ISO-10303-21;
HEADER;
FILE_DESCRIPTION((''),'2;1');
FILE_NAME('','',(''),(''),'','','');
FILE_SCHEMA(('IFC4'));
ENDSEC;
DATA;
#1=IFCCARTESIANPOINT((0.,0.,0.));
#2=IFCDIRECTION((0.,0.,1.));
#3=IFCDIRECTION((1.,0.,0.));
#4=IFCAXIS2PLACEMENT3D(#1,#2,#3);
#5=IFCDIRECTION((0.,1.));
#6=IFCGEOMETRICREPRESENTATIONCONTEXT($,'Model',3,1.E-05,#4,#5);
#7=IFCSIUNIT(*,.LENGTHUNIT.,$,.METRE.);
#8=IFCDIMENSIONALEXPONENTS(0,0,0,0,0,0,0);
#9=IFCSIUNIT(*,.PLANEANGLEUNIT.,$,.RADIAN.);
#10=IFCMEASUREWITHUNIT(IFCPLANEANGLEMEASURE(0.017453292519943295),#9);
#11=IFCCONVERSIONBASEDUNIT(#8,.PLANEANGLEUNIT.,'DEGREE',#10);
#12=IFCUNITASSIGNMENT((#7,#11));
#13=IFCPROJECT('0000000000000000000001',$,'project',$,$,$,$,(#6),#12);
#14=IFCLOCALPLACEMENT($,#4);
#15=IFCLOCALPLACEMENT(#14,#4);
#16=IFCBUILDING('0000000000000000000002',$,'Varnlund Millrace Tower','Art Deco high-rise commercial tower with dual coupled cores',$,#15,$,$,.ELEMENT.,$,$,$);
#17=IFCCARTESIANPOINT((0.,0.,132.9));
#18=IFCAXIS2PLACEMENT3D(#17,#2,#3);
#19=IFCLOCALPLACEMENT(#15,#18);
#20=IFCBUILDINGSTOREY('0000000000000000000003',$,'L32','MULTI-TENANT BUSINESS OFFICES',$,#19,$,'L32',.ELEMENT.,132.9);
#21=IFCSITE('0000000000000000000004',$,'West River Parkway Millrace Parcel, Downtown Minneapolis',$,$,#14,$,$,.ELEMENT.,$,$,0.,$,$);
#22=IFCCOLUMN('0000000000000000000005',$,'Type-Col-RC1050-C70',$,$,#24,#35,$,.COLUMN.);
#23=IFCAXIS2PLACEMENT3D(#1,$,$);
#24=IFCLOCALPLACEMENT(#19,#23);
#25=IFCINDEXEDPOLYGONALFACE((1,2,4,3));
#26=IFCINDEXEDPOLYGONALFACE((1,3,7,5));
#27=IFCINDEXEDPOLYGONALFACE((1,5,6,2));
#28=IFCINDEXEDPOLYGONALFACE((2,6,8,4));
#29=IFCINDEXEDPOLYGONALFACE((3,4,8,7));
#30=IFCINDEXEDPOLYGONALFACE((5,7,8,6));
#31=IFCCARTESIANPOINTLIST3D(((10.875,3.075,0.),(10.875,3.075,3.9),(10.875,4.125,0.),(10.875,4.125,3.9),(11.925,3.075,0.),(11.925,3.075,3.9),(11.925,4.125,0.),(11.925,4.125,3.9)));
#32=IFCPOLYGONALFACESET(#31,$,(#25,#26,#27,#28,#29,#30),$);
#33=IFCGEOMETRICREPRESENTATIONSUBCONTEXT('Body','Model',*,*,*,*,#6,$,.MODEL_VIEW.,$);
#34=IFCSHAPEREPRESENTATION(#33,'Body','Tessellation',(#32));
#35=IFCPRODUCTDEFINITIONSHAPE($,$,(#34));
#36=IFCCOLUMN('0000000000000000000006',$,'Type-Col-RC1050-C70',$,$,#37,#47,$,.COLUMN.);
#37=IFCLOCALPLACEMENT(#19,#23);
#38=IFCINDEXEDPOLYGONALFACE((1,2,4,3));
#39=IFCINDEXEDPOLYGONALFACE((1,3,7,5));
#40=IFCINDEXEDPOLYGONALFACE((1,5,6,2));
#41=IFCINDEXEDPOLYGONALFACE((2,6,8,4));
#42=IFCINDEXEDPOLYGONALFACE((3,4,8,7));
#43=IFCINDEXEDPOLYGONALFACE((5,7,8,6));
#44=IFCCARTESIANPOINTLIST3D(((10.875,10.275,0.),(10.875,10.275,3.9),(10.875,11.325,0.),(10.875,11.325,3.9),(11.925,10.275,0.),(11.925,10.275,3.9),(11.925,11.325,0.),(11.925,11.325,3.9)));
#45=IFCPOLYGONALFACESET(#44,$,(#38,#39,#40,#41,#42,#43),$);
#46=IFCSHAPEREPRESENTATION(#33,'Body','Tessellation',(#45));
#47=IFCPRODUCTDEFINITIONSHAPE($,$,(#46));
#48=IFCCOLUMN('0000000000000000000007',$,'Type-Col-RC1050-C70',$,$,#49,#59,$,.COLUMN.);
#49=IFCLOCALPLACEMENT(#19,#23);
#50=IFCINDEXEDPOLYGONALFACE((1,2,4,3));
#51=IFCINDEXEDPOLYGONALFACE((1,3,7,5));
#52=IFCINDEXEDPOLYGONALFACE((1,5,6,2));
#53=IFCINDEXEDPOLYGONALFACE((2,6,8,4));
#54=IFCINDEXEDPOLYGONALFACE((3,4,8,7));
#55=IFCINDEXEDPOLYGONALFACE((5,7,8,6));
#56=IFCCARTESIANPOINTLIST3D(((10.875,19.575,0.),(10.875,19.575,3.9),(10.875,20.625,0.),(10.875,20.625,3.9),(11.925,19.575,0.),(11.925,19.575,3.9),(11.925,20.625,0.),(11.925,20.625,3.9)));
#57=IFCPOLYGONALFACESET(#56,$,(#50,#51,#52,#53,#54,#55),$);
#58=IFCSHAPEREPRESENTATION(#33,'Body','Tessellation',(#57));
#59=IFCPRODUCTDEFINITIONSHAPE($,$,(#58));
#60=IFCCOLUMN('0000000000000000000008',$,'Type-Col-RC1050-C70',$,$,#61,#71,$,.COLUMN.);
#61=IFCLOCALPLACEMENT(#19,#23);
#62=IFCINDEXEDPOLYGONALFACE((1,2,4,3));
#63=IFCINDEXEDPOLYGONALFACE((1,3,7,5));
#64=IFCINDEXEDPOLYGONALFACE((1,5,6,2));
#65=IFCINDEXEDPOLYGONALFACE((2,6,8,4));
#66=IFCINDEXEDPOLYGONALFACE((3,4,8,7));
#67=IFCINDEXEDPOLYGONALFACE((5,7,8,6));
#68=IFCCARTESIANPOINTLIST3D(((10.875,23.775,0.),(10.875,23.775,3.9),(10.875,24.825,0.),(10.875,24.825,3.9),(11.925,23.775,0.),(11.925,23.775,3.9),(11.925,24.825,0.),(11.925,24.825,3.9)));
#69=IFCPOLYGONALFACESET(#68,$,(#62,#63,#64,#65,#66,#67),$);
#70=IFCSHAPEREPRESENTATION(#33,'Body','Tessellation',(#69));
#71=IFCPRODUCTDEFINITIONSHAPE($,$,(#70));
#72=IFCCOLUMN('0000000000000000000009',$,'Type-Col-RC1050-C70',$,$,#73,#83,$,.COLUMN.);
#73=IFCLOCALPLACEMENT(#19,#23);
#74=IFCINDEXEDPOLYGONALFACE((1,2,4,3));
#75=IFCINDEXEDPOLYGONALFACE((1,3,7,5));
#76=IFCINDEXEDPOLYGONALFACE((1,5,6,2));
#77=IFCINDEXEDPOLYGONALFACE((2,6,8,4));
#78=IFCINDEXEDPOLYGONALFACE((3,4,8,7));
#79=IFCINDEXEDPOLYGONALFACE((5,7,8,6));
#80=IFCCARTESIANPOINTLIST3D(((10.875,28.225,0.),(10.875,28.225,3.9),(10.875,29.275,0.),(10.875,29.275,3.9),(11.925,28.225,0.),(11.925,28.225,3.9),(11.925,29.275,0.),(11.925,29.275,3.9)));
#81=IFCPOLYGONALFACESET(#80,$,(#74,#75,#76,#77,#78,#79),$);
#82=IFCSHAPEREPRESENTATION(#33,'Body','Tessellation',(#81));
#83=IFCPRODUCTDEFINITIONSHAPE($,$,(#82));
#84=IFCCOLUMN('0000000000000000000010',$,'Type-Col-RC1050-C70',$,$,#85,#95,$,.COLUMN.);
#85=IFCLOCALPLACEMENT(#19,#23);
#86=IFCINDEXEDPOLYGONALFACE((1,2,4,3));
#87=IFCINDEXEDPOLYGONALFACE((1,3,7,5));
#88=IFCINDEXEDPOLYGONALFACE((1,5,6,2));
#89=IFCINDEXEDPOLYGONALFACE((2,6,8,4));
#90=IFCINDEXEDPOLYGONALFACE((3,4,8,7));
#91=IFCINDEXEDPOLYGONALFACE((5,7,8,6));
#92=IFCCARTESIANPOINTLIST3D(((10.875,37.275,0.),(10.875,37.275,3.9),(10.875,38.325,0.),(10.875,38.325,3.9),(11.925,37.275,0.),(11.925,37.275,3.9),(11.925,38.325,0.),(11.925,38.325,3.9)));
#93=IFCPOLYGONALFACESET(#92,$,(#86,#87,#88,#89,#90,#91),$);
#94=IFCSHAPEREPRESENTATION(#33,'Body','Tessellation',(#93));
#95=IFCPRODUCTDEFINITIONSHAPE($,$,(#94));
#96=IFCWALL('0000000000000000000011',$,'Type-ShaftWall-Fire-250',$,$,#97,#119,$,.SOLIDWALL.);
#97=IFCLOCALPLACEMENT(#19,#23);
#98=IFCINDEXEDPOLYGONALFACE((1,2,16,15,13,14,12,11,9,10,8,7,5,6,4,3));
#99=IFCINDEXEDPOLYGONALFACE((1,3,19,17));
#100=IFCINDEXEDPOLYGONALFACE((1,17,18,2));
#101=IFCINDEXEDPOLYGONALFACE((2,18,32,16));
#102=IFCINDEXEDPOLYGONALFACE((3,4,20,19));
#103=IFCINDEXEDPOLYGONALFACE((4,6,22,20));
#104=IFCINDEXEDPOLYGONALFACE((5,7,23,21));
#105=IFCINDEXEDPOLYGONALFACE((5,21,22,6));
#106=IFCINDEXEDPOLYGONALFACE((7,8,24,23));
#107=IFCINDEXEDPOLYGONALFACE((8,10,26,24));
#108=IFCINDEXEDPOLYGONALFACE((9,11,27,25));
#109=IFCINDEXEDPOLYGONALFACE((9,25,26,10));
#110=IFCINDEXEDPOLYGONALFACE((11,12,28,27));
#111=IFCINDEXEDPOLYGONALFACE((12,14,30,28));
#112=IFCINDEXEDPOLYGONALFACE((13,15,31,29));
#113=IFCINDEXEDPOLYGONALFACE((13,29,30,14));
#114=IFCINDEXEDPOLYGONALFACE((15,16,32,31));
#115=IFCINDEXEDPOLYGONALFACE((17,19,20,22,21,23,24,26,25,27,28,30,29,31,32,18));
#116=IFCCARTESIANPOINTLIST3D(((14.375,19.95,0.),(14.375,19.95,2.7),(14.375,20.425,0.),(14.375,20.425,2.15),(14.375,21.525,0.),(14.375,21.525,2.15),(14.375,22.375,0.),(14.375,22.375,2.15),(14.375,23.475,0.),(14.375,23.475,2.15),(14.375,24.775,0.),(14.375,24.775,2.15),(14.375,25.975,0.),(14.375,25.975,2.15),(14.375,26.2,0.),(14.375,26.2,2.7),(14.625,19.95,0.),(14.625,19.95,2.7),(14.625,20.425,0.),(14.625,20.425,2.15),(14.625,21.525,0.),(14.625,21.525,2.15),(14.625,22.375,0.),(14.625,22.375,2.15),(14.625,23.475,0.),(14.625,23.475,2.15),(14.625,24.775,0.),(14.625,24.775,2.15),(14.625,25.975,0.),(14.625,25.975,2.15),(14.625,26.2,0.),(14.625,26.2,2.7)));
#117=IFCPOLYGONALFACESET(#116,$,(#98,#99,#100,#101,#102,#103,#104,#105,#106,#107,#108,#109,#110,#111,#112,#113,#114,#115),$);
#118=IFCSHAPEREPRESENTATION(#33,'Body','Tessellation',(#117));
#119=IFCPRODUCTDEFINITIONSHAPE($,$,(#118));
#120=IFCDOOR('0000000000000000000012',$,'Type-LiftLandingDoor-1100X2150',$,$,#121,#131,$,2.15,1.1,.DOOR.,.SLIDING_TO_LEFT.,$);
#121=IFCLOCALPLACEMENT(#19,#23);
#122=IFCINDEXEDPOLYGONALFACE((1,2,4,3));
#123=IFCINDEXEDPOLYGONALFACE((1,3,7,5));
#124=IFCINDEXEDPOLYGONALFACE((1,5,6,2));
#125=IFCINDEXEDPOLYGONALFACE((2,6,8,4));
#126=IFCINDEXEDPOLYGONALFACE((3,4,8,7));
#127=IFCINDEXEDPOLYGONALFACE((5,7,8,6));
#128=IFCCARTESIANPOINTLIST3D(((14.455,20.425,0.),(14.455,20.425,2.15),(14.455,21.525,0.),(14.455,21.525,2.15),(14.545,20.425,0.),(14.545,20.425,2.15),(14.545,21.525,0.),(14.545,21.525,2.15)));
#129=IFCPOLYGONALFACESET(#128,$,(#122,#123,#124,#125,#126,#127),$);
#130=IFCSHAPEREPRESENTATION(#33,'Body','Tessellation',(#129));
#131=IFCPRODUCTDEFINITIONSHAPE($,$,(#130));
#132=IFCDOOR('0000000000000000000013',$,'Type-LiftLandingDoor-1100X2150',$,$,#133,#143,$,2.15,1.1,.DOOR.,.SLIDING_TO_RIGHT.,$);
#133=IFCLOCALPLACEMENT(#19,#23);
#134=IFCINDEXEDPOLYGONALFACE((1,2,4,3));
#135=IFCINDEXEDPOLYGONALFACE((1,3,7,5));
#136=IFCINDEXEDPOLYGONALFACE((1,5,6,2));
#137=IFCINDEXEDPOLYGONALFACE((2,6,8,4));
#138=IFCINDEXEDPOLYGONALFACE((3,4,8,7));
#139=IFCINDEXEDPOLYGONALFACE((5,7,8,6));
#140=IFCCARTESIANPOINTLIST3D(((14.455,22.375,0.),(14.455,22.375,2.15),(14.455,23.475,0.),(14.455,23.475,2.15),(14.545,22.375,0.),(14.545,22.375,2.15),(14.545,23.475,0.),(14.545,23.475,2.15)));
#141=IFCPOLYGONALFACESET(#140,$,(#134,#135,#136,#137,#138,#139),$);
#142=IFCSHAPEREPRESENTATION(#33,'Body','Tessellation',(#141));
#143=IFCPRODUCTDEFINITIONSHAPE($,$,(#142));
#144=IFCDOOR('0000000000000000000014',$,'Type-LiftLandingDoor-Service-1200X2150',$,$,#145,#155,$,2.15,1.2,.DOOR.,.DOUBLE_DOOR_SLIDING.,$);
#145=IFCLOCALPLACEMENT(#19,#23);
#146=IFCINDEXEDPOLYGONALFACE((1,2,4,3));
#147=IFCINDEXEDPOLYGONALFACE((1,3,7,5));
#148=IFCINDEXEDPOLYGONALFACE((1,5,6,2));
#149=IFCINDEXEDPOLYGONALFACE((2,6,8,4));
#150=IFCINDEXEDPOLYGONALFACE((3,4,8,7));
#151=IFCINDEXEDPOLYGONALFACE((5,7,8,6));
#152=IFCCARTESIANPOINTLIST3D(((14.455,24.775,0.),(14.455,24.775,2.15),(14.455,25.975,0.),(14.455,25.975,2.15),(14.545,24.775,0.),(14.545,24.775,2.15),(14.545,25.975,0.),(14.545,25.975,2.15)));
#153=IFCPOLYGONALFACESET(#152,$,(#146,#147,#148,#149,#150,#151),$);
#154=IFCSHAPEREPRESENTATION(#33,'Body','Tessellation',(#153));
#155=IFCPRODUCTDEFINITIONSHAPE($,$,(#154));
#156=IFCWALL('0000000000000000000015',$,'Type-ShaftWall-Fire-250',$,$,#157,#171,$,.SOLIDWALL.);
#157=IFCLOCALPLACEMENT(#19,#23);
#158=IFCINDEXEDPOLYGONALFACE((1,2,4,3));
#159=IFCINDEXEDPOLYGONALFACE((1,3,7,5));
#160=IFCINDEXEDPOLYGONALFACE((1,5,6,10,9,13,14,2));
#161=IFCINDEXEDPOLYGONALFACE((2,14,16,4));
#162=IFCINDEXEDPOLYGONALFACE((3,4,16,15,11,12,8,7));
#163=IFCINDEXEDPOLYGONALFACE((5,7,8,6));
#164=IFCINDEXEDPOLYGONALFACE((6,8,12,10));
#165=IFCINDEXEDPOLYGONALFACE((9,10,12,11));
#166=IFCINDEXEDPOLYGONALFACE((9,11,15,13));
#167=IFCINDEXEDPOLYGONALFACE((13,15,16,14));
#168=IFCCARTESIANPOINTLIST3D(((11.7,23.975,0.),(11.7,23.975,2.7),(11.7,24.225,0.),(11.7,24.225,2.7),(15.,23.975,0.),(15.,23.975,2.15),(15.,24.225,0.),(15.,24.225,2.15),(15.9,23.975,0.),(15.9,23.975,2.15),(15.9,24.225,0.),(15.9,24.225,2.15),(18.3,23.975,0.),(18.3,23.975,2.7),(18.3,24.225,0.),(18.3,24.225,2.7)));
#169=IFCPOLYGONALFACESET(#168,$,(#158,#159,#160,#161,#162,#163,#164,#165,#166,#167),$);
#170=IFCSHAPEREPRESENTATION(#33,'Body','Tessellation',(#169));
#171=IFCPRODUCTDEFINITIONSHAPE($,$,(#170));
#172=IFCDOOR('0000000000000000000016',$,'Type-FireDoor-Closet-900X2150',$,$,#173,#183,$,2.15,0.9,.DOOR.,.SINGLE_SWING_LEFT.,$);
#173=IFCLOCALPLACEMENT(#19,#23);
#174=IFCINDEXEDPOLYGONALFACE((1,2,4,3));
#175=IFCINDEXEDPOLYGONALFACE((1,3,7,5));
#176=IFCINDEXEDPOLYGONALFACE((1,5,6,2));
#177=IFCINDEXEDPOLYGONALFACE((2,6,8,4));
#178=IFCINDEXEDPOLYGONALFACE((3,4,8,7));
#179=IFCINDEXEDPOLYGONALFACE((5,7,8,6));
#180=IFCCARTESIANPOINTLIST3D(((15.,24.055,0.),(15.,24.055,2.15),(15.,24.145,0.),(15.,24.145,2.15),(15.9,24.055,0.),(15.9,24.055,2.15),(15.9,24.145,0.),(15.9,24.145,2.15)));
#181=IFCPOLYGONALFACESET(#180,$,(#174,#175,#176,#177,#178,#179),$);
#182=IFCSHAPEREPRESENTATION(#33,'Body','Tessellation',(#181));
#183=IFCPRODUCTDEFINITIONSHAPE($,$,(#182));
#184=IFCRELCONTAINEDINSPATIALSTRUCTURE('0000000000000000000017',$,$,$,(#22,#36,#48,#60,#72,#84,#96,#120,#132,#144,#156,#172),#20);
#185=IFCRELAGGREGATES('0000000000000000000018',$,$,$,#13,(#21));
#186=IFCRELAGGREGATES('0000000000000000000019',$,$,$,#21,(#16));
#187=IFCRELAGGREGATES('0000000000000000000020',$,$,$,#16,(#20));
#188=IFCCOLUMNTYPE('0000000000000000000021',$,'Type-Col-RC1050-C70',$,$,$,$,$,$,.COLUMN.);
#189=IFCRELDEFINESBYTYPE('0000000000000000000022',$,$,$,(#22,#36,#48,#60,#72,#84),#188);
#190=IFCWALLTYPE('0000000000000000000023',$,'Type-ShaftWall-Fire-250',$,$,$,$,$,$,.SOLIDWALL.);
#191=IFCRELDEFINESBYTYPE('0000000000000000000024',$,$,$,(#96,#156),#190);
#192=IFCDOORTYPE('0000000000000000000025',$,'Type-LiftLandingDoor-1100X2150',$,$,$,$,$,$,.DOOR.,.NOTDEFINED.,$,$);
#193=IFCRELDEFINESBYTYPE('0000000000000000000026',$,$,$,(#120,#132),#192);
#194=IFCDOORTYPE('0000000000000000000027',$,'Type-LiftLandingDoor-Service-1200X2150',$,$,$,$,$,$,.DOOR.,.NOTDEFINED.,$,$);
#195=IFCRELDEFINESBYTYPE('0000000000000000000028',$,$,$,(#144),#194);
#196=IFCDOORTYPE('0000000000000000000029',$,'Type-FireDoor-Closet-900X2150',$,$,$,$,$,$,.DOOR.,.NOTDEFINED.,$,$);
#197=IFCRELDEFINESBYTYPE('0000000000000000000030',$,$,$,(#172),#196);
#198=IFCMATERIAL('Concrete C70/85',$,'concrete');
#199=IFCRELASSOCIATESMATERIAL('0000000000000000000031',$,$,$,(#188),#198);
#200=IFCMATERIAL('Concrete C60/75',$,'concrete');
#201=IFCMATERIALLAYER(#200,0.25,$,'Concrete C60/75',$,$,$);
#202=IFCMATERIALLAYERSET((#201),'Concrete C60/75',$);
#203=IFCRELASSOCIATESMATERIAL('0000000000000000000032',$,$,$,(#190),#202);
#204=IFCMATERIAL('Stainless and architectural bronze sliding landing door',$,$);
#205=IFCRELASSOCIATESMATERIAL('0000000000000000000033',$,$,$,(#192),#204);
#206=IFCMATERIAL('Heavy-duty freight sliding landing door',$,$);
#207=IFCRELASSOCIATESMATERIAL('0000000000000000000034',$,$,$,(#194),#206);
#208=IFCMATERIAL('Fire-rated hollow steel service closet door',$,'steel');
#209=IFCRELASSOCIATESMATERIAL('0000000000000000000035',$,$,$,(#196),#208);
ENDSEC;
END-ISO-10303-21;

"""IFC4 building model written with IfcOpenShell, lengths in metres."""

from ifc_helpers import new_model, entity, si_unit, converted_unit, direction, frame, origin_with_axes, origin_2d_with_axis, place, context, subcontext, project, spatial, polyline, rectangle, outline, extrude, material, layer, layer_set, material_profile, profile_set, type_object, element, fill, save


model = new_model("IFC4")

# Units and contexts
model_context = context("Model", 3, precision=1e-05, world=origin_with_axes(), true_north=direction((0.0, 1.0)))
body_context = subcontext(model_context, "Body", "Model", "MODEL_VIEW")
ifc_project = project(units=[si_unit("LENGTHUNIT", "METRE"), converted_unit("PLANEANGLEUNIT", "DEGREE", entity("IfcPlaneAngleMeasure", 0.017453292519943295), si_unit("PLANEANGLEUNIT", "RADIAN"), dimensions=[0, 0, 0, 0, 0, 0, 0])], contexts=[model_context])

# Site, building, storey
site_placement = place(None, origin_with_axes())
site = spatial("IfcSite", under=ifc_project, at=site_placement, Name="West River Parkway Millrace Parcel, Downtown Minneapolis", CompositionType="ELEMENT", RefElevation=0.0)
building_placement = place(site_placement, origin_with_axes())
building = spatial("IfcBuilding", under=site, at=building_placement, Name="Varnlund Millrace Tower", Description="Art Deco high-rise commercial tower with dual coupled cores", CompositionType="ELEMENT")
storey_placement = place(building_placement, frame((0.0, 0.0, 132.9), z_axis=(0.0, 0.0, 1.0), x_axis=(1.0, 0.0, 0.0)))
storey = spatial("IfcBuildingStorey", under=building, at=storey_placement, Name="L32", Description="MULTI-TENANT BUSINESS OFFICES", LongName="L32", CompositionType="ELEMENT", Elevation=132.9)

# Columns
ifc_material_1 = material(Name="Concrete C70/85", Category="concrete")
ifc_material_profile = material_profile(ifc_material_1, rectangle(XDim=1.05, YDim=1.05, at=origin_2d_with_axis()), Name="Concrete C70/85")
ifc_profile_set = profile_set([ifc_material_profile], Name="Concrete C70/85")
column_type = type_object("IfcColumnType", Name="Type-Col-RC1050-C70", PredefinedType="COLUMN", material=ifc_profile_set)
for number, where, z_axis, x_axis, name in (
    (1, (11.4, 3.6, 0.0), (0.0, 0.0, 1.0), (1.0, 0.0, 0.0), "Type-Col-RC1050-C70"),
    (2, (11.4, 10.8, 0.0), (0.0, 0.0, 1.0), (1.0, 0.0, 0.0), "Type-Col-RC1050-C70"),
    (3, (11.4, 20.1, 0.0), (0.0, 0.0, 1.0), (1.0, 0.0, 0.0), "Type-Col-RC1050-C70"),
    (4, (11.4, 24.3, 0.0), (0.0, 0.0, 1.0), (1.0, 0.0, 0.0), "Type-Col-RC1050-C70"),
    (5, (11.4, 28.75, 0.0), (0.0, 0.0, 1.0), (1.0, 0.0, 0.0), "Type-Col-RC1050-C70"),
    (6, (11.4, 37.8, 0.0), (0.0, 0.0, 1.0), (1.0, 0.0, 0.0), "Type-Col-RC1050-C70"),
):
    element("IfcColumn", number, at=place(storey_placement, frame(where, z_axis=z_axis, x_axis=x_axis)), inside=storey, type_object=column_type, Name=name, PredefinedType="COLUMN", context=body_context, shape_type="SweptSolid", body=[
        extrude(rectangle(XDim=1.05, YDim=1.05, at=origin_2d_with_axis()), origin_with_axes(), (0.0, 0.0, 1.0), 3.9),
    ])

# Wall, openings, doors
ifc_material_2 = material(Name="Concrete C60/75", Category="concrete")
ifc_layer = layer(ifc_material_2, 0.25, Name="Concrete C60/75")
ifc_layer_set = layer_set([ifc_layer], Name="Concrete C60/75")
wall_type_1 = type_object("IfcWallType", Name="Type-ShaftWall-Fire-250", PredefinedType="SOLIDWALL", material=ifc_layer_set)
wall_1_placement = place(storey_placement, frame((14.5, 19.95, 0.0), z_axis=(0.0, 0.0, 1.0), x_axis=(0.0, 1.0, 0.0)))
wall_1 = element("IfcWall", 7, at=wall_1_placement, inside=storey, type_object=wall_type_1, Name="Type-ShaftWall-Fire-250", PredefinedType="SOLIDWALL", context=body_context, shape_type="SweptSolid", body=[
    extrude(outline(polyline([(0.0, -0.125), (6.25, -0.125), (6.25, 0.125), (0.0, 0.125), (0.0, -0.125)])), origin_with_axes(), (0.0, 0.0, 1.0), 2.7),
])
opening_1_placement = place(wall_1_placement, frame((1.025, 0.0, 0.0), z_axis=(0.0, 0.0, 1.0), x_axis=(1.0, 0.0, 0.0)))
opening_1 = element("IfcOpeningElement", 8, at=opening_1_placement, cuts=wall_1, PredefinedType="OPENING", context=body_context, shape_type="SweptSolid", body=[
    extrude(rectangle(XDim=1.1, YDim=0.27, at=origin_2d_with_axis()), origin_with_axes(), (0.0, 0.0, 1.0), 2.15),
])
opening_2_placement = place(wall_1_placement, frame((2.975, 0.0, 0.0), z_axis=(0.0, 0.0, 1.0), x_axis=(1.0, 0.0, 0.0)))
opening_2 = element("IfcOpeningElement", 9, at=opening_2_placement, cuts=wall_1, PredefinedType="OPENING", context=body_context, shape_type="SweptSolid", body=[
    extrude(rectangle(XDim=1.1, YDim=0.27, at=origin_2d_with_axis()), origin_with_axes(), (0.0, 0.0, 1.0), 2.15),
])
opening_3_placement = place(wall_1_placement, frame((5.425, 0.0, 0.0), z_axis=(0.0, 0.0, 1.0), x_axis=(1.0, 0.0, 0.0)))
opening_3 = element("IfcOpeningElement", 10, at=opening_3_placement, cuts=wall_1, PredefinedType="OPENING", context=body_context, shape_type="SweptSolid", body=[
    extrude(rectangle(XDim=1.2, YDim=0.27, at=origin_2d_with_axis()), origin_with_axes(), (0.0, 0.0, 1.0), 2.15),
])
ifc_material_3 = material(Name="Stainless and architectural bronze sliding landing door")
door_type_1 = type_object("IfcDoorType", Name="Type-LiftLandingDoor-1100X2150", OperationType="NOTDEFINED", PredefinedType="DOOR", material=ifc_material_3)
door_1_placement = place(wall_1_placement, frame((1.025, 0.0, 0.0), z_axis=(0.0, 0.0, 1.0), x_axis=(1.0, 0.0, 0.0)))
door_1 = element("IfcDoor", 11, at=door_1_placement, inside=storey, type_object=door_type_1, Name="Type-LiftLandingDoor-1100X2150", OperationType="SLIDING_TO_LEFT", OverallHeight=2.15, OverallWidth=1.1, PredefinedType="DOOR", context=body_context, shape_type="SweptSolid", body=[
    extrude(rectangle(XDim=1.1, YDim=0.09, at=origin_2d_with_axis()), origin_with_axes(), (0.0, 0.0, 1.0), 2.15),
])
fill(opening_1, door_1)
door_2_placement = place(wall_1_placement, frame((2.975, 0.0, 0.0), z_axis=(0.0, 0.0, 1.0), x_axis=(1.0, 0.0, 0.0)))
door_2 = element("IfcDoor", 12, at=door_2_placement, inside=storey, type_object=door_type_1, Name="Type-LiftLandingDoor-1100X2150", OperationType="SLIDING_TO_RIGHT", OverallHeight=2.15, OverallWidth=1.1, PredefinedType="DOOR", context=body_context, shape_type="SweptSolid", body=[
    extrude(rectangle(XDim=1.1, YDim=0.09, at=origin_2d_with_axis()), origin_with_axes(), (0.0, 0.0, 1.0), 2.15),
])
fill(opening_2, door_2)
ifc_material_4 = material(Name="Heavy-duty freight sliding landing door")
door_type_2 = type_object("IfcDoorType", Name="Type-LiftLandingDoor-Service-1200X2150", OperationType="NOTDEFINED", PredefinedType="DOOR", material=ifc_material_4)
door_3_placement = place(wall_1_placement, frame((5.425, 0.0, 0.0), z_axis=(0.0, 0.0, 1.0), x_axis=(1.0, 0.0, 0.0)))
door_3 = element("IfcDoor", 13, at=door_3_placement, inside=storey, type_object=door_type_2, Name="Type-LiftLandingDoor-Service-1200X2150", OperationType="DOUBLE_DOOR_SLIDING", OverallHeight=2.15, OverallWidth=1.2, PredefinedType="DOOR", context=body_context, shape_type="SweptSolid", body=[
    extrude(rectangle(XDim=1.2, YDim=0.09, at=origin_2d_with_axis()), origin_with_axes(), (0.0, 0.0, 1.0), 2.15),
])
fill(opening_3, door_3)

# Wall, opening, door
wall_2_placement = place(storey_placement, frame((11.7, 24.1, 0.0), z_axis=(0.0, 0.0, 1.0), x_axis=(1.0, 0.0, 0.0)))
wall_2 = element("IfcWall", 14, at=wall_2_placement, inside=storey, type_object=wall_type_1, Name="Type-ShaftWall-Fire-250", PredefinedType="SOLIDWALL", context=body_context, shape_type="SweptSolid", body=[
    extrude(outline(polyline([(0.0, -0.125), (6.6, -0.125), (6.6, 0.125), (0.0, 0.125), (0.0, -0.125)])), origin_with_axes(), (0.0, 0.0, 1.0), 2.7),
])
opening_4_placement = place(wall_2_placement, frame((3.75, 0.0, 0.0), z_axis=(0.0, 0.0, 1.0), x_axis=(1.0, 0.0, 0.0)))
opening_4 = element("IfcOpeningElement", 15, at=opening_4_placement, cuts=wall_2, PredefinedType="OPENING", context=body_context, shape_type="SweptSolid", body=[
    extrude(rectangle(XDim=0.9, YDim=0.27, at=origin_2d_with_axis()), origin_with_axes(), (0.0, 0.0, 1.0), 2.15),
])
ifc_material_5 = material(Name="Fire-rated hollow steel service closet door", Category="steel")
door_type_3 = type_object("IfcDoorType", Name="Type-FireDoor-Closet-900X2150", OperationType="NOTDEFINED", PredefinedType="DOOR", material=ifc_material_5)
door_4_placement = place(wall_2_placement, frame((3.75, 0.0, 0.0), z_axis=(0.0, 0.0, 1.0), x_axis=(1.0, 0.0, 0.0)))
door_4 = element("IfcDoor", 16, at=door_4_placement, inside=storey, type_object=door_type_3, Name="Type-FireDoor-Closet-900X2150", OperationType="SINGLE_SWING_LEFT", OverallHeight=2.15, OverallWidth=0.9, PredefinedType="DOOR", context=body_context, shape_type="SweptSolid", body=[
    extrude(rectangle(XDim=0.9, YDim=0.09, at=origin_2d_with_axis()), origin_with_axes(), (0.0, 0.0, 1.0), 2.15),
])
fill(opening_4, door_4)

save(model, "model.ifc")
